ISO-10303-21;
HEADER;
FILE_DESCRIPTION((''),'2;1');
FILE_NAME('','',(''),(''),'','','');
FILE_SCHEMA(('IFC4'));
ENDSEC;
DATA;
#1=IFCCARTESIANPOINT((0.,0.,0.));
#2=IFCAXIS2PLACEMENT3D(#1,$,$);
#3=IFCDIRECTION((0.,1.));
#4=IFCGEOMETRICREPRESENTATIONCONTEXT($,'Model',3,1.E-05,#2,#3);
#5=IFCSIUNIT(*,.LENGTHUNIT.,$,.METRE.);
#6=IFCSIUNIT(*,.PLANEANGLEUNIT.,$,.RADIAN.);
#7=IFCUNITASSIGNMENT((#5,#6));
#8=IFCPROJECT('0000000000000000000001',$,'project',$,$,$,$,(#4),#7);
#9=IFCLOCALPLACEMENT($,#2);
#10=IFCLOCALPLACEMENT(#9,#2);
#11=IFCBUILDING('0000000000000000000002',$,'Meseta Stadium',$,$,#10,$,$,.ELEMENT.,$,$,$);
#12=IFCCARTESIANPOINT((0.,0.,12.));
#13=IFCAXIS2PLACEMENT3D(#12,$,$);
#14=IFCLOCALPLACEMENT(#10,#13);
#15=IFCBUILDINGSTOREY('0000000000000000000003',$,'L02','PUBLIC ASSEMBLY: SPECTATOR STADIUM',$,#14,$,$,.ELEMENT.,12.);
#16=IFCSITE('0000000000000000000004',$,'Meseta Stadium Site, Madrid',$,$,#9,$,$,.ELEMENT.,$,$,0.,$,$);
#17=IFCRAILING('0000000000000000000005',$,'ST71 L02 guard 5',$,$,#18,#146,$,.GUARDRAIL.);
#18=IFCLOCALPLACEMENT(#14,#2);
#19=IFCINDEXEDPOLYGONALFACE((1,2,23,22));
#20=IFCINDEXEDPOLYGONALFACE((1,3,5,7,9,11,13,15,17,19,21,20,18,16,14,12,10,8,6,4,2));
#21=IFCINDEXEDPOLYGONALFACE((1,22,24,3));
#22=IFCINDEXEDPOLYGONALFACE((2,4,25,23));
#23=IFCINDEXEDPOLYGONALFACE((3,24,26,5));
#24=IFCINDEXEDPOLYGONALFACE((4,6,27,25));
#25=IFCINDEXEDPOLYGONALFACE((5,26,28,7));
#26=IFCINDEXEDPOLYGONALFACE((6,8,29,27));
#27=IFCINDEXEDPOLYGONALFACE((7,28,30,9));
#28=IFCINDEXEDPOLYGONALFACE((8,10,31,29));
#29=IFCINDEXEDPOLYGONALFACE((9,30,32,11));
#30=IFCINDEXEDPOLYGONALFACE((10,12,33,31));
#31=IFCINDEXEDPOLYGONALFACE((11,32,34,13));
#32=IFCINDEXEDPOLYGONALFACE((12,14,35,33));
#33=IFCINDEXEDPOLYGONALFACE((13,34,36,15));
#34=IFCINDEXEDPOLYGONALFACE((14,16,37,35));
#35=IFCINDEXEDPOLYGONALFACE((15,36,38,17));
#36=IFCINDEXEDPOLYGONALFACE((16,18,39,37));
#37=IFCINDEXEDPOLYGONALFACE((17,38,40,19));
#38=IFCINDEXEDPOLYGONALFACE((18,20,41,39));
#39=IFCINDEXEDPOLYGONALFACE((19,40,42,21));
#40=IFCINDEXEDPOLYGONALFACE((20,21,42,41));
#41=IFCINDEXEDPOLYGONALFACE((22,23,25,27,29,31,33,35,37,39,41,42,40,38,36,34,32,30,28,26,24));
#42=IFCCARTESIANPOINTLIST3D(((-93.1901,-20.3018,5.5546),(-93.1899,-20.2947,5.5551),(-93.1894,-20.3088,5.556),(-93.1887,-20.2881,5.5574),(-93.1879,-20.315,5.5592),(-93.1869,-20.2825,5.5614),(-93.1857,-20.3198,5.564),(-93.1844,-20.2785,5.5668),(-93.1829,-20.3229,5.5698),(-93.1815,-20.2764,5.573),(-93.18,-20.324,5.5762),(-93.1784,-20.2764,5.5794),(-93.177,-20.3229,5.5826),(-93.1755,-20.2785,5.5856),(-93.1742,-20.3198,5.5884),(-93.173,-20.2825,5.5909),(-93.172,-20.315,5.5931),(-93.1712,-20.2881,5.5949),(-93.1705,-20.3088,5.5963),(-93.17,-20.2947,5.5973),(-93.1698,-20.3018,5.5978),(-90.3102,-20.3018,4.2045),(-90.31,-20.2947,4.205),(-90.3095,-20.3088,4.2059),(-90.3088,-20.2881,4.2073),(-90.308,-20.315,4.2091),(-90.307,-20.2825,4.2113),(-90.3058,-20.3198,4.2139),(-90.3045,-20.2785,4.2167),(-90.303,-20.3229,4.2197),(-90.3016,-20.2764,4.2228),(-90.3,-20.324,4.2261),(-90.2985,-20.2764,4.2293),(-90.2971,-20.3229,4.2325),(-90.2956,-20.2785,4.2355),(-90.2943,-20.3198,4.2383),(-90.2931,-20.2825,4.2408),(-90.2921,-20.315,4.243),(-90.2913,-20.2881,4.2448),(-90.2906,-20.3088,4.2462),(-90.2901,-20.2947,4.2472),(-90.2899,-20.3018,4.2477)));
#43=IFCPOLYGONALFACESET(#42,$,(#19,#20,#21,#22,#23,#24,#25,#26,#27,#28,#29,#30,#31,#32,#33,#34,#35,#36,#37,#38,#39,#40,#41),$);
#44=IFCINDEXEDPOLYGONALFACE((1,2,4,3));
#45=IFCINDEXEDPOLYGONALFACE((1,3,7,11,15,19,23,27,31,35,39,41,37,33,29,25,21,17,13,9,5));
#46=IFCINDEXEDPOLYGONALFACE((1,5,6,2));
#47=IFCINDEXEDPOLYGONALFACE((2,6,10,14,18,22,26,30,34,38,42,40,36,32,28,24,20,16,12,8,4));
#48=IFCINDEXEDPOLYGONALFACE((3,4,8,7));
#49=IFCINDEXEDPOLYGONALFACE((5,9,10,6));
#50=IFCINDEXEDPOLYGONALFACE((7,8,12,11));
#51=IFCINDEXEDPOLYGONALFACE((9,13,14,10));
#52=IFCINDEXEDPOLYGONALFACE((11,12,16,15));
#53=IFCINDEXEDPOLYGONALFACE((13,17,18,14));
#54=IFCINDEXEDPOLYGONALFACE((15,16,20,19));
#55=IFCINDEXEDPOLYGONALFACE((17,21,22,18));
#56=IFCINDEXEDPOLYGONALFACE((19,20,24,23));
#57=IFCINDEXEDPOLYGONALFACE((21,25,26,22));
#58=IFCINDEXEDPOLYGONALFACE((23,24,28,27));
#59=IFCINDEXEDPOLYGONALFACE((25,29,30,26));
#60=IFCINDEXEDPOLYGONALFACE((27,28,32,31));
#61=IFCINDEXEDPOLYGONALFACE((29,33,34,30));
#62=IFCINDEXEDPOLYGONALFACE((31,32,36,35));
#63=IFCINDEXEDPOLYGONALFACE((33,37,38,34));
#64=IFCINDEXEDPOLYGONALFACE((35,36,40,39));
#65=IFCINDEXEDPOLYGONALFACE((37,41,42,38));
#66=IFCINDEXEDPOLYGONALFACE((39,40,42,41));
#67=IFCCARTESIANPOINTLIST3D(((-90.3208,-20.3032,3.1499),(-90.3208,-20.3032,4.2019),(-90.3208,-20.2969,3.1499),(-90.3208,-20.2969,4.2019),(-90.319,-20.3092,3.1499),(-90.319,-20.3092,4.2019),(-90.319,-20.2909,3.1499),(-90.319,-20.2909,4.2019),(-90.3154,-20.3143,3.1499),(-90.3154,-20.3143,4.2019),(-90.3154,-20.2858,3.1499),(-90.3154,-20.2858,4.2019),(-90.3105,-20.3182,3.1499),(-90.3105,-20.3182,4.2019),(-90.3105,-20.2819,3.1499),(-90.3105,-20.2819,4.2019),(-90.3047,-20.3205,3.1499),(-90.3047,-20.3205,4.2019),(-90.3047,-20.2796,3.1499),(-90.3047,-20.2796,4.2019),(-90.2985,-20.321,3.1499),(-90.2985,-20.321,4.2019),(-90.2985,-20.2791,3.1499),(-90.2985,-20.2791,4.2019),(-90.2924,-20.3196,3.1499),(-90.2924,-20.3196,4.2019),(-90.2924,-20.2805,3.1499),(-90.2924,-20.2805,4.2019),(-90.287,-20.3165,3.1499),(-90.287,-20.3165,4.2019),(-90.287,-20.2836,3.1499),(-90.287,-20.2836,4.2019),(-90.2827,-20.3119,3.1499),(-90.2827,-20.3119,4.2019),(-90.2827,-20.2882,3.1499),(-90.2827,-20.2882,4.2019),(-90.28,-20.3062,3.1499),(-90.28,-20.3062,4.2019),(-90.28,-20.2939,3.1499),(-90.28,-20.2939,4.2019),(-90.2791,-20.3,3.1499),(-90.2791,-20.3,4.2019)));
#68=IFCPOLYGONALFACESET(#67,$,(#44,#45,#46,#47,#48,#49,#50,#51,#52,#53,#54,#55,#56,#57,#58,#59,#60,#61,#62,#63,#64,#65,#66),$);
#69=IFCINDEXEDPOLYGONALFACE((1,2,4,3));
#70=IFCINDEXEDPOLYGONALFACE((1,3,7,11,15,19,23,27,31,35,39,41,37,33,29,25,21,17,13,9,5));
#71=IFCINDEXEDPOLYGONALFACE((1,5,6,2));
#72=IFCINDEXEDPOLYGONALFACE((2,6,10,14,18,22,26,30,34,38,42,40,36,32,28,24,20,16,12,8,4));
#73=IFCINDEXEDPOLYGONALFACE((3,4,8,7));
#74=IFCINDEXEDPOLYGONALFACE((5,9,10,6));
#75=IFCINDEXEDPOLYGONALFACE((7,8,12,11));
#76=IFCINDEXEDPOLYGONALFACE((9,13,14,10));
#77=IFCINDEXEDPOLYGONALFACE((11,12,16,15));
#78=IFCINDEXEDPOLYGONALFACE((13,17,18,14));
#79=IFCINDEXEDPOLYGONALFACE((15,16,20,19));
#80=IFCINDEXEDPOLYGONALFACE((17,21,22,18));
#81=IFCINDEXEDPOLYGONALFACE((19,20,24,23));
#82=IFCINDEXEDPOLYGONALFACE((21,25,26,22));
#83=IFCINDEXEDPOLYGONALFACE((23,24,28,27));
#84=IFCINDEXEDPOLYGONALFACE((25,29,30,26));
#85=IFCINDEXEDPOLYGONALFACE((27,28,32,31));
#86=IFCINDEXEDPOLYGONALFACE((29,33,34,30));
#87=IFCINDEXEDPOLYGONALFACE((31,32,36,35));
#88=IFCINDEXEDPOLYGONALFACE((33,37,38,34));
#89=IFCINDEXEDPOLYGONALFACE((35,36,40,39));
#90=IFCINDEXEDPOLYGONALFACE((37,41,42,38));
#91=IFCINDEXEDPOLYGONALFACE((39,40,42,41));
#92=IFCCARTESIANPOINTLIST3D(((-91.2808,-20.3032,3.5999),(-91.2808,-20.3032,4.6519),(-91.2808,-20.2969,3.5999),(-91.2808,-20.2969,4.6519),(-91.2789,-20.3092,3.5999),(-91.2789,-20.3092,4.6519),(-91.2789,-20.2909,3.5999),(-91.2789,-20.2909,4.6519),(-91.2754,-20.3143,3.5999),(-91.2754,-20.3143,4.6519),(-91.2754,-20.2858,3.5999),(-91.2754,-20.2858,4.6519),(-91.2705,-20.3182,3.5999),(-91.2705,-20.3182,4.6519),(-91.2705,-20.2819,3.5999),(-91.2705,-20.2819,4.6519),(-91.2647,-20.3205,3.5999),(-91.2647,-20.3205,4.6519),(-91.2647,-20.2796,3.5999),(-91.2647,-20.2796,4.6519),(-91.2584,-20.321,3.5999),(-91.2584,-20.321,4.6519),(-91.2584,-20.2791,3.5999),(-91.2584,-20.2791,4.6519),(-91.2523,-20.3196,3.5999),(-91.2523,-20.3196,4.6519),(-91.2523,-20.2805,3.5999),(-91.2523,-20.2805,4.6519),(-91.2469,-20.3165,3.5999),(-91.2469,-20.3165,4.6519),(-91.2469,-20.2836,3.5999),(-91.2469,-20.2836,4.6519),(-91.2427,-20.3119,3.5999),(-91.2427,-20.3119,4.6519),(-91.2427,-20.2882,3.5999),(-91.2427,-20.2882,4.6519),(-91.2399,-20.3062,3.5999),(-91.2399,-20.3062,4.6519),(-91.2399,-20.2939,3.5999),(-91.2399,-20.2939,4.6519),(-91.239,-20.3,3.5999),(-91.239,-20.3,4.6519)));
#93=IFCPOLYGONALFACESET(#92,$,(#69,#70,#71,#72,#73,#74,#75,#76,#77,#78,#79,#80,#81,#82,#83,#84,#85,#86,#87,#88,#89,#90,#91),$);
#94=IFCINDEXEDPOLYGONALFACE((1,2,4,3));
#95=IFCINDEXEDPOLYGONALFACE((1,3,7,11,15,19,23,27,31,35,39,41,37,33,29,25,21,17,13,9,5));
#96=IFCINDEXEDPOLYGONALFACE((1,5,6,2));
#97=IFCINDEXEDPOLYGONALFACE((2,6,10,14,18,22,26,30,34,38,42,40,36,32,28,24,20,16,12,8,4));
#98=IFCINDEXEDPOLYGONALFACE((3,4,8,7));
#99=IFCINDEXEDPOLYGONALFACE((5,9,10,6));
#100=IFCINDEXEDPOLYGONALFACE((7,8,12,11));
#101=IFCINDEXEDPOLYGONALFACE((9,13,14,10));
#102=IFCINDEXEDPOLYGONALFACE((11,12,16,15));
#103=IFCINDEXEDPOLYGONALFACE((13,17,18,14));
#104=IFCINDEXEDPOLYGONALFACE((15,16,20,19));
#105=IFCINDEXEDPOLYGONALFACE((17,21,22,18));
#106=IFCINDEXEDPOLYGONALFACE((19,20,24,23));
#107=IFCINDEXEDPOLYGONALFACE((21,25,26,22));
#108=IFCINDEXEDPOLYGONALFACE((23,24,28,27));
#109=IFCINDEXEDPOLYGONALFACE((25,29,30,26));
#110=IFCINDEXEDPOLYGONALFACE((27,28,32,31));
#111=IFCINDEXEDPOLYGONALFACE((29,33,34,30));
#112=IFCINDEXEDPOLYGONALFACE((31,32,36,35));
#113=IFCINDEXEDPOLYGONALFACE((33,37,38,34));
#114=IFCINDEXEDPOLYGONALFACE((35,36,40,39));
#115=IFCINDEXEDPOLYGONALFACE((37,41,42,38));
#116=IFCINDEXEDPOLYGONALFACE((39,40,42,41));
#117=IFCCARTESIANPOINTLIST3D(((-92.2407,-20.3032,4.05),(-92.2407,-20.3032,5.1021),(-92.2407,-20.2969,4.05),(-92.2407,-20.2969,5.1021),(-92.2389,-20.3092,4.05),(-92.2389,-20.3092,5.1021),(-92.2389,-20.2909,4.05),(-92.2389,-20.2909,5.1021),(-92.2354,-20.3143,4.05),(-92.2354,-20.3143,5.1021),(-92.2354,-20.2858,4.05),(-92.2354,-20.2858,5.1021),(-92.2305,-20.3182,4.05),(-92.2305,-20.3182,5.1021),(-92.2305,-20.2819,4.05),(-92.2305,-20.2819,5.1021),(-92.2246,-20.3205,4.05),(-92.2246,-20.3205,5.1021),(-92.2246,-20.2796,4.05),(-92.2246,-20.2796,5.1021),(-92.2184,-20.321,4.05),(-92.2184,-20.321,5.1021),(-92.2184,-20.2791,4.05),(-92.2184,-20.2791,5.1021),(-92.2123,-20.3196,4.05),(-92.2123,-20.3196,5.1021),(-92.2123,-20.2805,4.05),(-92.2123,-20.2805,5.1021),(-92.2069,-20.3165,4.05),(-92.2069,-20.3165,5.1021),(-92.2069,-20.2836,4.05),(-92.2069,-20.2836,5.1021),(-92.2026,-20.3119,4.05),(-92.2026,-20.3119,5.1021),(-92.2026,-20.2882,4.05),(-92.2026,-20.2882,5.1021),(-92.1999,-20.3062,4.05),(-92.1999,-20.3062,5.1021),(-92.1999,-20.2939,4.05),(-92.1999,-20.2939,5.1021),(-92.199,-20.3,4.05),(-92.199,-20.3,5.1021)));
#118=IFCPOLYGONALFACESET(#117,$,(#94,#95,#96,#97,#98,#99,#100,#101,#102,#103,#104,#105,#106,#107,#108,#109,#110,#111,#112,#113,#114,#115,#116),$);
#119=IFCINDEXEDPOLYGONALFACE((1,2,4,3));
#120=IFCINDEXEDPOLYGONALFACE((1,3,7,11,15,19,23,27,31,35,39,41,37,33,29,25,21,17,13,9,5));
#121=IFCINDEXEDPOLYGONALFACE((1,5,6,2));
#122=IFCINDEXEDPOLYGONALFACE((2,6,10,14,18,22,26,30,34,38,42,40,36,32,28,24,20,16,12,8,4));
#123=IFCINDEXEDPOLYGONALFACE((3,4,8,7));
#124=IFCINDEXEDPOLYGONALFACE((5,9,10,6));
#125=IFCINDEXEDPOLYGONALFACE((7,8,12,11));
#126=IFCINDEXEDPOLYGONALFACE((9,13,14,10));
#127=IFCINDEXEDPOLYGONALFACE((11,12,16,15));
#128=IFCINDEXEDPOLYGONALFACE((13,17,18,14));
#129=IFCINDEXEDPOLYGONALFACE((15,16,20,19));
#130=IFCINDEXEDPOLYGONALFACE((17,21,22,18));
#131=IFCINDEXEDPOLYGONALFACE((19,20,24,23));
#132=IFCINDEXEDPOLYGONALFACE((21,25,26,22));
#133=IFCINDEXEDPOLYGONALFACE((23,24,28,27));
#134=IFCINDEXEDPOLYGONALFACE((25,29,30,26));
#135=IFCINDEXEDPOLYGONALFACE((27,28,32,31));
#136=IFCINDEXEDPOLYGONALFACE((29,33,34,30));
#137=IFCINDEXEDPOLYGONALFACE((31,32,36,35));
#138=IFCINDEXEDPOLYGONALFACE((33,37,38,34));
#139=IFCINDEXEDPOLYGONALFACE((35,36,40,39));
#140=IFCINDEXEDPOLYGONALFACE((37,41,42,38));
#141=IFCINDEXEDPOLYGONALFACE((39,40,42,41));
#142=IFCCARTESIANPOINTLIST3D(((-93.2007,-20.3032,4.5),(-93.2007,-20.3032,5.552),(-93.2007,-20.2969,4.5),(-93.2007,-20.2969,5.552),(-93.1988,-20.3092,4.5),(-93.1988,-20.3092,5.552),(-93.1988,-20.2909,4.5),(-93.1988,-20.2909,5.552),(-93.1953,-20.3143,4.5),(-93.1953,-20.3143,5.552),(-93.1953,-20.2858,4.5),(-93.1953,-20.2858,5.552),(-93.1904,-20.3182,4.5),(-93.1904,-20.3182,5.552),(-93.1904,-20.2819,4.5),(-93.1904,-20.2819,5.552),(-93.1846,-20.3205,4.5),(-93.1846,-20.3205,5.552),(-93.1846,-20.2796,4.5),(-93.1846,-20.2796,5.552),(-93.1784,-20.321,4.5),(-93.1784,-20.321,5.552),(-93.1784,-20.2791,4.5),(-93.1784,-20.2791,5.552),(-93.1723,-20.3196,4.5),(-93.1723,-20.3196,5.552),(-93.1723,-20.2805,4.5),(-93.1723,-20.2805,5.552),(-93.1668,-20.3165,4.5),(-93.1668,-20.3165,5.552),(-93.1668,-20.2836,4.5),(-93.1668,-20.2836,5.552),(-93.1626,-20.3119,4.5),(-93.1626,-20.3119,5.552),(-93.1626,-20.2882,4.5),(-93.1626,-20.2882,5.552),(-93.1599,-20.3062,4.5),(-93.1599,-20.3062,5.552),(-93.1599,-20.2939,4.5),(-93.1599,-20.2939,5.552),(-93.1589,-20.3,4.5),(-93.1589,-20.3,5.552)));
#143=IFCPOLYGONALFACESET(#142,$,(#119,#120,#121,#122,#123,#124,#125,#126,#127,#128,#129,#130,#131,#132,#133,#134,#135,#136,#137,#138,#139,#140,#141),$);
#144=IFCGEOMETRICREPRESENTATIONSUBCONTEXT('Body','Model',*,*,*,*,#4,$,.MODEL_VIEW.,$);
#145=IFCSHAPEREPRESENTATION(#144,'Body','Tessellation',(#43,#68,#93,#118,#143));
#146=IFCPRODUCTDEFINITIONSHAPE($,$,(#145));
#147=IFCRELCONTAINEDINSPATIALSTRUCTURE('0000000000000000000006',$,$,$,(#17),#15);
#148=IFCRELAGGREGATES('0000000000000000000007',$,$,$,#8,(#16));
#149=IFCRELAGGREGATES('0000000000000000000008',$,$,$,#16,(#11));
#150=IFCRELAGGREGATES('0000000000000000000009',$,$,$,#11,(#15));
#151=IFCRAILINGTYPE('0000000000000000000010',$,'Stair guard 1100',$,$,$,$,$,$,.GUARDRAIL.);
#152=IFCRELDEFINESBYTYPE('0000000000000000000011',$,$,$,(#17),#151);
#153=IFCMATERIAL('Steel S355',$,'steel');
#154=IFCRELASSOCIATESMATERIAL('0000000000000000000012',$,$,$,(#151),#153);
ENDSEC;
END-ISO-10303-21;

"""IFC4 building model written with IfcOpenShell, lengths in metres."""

from ifc_helpers import new_model, si_unit, direction, frame, origin, origin_2d, place, context, subcontext, project, spatial, circle, extrude, material, type_object, element, save


model = new_model("IFC4")

# Units and contexts
model_context = context("Model", 3, precision=1e-05, world=origin(), true_north=direction((0.0, 1.0)))
body_context = subcontext(model_context, "Body", "Model", "MODEL_VIEW")
ifc_project = project(units=[si_unit("LENGTHUNIT", "METRE"), si_unit("PLANEANGLEUNIT", "RADIAN")], contexts=[model_context])

# Site, building, storey
site_placement = place(None, origin())
site = spatial("IfcSite", under=ifc_project, at=site_placement, Name="Meseta Stadium Site, Madrid", CompositionType="ELEMENT", RefElevation=0.0)
building_placement = place(site_placement, origin())
building = spatial("IfcBuilding", under=site, at=building_placement, Name="Meseta Stadium", CompositionType="ELEMENT")
storey_placement = place(building_placement, frame((0.0, 0.0, 12.0)))
storey = spatial("IfcBuildingStorey", under=building, at=storey_placement, Name="L02", Description="PUBLIC ASSEMBLY: SPECTATOR STADIUM", CompositionType="ELEMENT", Elevation=12.0)

# Railing
ifc_material_1 = material(Name="Steel S355", Category="steel")
railing_type_1 = type_object("IfcRailingType", Name="Stair guard 1100", PredefinedType="GUARDRAIL", material=ifc_material_1)
railing_1_placement = place(storey_placement, frame((-90.3, -20.3, 3.1499)))
element("IfcRailing", 1, at=railing_1_placement, inside=storey, type_object=railing_type_1, Name="ST71 L02 guard 5", PredefinedType="GUARDRAIL", context=body_context, shape_type="SweptSolid", body=[
    extrude(circle(Radius=0.0239, at=origin_2d()), frame((0.0, 0.0, 1.0762), z_axis=(-0.90544, 0.0, 0.424473), x_axis=(0.0, -1.0, 0.0)), (0.0, 0.0, 1.0), 3.1807),
    extrude(circle(Radius=0.021, at=origin_2d()), origin(), (0.0, 0.0, 1.0), 1.052),
    extrude(circle(Radius=0.021, at=origin_2d()), frame((-0.96, 0.0, 0.45)), (0.0, 0.0, 1.0), 1.052),
    extrude(circle(Radius=0.021, at=origin_2d()), frame((-1.9199, 0.0, 0.9001)), (0.0, 0.0, 1.0), 1.052),
    extrude(circle(Radius=0.021, at=origin_2d()), frame((-2.8799, 0.0, 1.3501)), (0.0, 0.0, 1.0), 1.052),
])

save(model, "model.ifc")
